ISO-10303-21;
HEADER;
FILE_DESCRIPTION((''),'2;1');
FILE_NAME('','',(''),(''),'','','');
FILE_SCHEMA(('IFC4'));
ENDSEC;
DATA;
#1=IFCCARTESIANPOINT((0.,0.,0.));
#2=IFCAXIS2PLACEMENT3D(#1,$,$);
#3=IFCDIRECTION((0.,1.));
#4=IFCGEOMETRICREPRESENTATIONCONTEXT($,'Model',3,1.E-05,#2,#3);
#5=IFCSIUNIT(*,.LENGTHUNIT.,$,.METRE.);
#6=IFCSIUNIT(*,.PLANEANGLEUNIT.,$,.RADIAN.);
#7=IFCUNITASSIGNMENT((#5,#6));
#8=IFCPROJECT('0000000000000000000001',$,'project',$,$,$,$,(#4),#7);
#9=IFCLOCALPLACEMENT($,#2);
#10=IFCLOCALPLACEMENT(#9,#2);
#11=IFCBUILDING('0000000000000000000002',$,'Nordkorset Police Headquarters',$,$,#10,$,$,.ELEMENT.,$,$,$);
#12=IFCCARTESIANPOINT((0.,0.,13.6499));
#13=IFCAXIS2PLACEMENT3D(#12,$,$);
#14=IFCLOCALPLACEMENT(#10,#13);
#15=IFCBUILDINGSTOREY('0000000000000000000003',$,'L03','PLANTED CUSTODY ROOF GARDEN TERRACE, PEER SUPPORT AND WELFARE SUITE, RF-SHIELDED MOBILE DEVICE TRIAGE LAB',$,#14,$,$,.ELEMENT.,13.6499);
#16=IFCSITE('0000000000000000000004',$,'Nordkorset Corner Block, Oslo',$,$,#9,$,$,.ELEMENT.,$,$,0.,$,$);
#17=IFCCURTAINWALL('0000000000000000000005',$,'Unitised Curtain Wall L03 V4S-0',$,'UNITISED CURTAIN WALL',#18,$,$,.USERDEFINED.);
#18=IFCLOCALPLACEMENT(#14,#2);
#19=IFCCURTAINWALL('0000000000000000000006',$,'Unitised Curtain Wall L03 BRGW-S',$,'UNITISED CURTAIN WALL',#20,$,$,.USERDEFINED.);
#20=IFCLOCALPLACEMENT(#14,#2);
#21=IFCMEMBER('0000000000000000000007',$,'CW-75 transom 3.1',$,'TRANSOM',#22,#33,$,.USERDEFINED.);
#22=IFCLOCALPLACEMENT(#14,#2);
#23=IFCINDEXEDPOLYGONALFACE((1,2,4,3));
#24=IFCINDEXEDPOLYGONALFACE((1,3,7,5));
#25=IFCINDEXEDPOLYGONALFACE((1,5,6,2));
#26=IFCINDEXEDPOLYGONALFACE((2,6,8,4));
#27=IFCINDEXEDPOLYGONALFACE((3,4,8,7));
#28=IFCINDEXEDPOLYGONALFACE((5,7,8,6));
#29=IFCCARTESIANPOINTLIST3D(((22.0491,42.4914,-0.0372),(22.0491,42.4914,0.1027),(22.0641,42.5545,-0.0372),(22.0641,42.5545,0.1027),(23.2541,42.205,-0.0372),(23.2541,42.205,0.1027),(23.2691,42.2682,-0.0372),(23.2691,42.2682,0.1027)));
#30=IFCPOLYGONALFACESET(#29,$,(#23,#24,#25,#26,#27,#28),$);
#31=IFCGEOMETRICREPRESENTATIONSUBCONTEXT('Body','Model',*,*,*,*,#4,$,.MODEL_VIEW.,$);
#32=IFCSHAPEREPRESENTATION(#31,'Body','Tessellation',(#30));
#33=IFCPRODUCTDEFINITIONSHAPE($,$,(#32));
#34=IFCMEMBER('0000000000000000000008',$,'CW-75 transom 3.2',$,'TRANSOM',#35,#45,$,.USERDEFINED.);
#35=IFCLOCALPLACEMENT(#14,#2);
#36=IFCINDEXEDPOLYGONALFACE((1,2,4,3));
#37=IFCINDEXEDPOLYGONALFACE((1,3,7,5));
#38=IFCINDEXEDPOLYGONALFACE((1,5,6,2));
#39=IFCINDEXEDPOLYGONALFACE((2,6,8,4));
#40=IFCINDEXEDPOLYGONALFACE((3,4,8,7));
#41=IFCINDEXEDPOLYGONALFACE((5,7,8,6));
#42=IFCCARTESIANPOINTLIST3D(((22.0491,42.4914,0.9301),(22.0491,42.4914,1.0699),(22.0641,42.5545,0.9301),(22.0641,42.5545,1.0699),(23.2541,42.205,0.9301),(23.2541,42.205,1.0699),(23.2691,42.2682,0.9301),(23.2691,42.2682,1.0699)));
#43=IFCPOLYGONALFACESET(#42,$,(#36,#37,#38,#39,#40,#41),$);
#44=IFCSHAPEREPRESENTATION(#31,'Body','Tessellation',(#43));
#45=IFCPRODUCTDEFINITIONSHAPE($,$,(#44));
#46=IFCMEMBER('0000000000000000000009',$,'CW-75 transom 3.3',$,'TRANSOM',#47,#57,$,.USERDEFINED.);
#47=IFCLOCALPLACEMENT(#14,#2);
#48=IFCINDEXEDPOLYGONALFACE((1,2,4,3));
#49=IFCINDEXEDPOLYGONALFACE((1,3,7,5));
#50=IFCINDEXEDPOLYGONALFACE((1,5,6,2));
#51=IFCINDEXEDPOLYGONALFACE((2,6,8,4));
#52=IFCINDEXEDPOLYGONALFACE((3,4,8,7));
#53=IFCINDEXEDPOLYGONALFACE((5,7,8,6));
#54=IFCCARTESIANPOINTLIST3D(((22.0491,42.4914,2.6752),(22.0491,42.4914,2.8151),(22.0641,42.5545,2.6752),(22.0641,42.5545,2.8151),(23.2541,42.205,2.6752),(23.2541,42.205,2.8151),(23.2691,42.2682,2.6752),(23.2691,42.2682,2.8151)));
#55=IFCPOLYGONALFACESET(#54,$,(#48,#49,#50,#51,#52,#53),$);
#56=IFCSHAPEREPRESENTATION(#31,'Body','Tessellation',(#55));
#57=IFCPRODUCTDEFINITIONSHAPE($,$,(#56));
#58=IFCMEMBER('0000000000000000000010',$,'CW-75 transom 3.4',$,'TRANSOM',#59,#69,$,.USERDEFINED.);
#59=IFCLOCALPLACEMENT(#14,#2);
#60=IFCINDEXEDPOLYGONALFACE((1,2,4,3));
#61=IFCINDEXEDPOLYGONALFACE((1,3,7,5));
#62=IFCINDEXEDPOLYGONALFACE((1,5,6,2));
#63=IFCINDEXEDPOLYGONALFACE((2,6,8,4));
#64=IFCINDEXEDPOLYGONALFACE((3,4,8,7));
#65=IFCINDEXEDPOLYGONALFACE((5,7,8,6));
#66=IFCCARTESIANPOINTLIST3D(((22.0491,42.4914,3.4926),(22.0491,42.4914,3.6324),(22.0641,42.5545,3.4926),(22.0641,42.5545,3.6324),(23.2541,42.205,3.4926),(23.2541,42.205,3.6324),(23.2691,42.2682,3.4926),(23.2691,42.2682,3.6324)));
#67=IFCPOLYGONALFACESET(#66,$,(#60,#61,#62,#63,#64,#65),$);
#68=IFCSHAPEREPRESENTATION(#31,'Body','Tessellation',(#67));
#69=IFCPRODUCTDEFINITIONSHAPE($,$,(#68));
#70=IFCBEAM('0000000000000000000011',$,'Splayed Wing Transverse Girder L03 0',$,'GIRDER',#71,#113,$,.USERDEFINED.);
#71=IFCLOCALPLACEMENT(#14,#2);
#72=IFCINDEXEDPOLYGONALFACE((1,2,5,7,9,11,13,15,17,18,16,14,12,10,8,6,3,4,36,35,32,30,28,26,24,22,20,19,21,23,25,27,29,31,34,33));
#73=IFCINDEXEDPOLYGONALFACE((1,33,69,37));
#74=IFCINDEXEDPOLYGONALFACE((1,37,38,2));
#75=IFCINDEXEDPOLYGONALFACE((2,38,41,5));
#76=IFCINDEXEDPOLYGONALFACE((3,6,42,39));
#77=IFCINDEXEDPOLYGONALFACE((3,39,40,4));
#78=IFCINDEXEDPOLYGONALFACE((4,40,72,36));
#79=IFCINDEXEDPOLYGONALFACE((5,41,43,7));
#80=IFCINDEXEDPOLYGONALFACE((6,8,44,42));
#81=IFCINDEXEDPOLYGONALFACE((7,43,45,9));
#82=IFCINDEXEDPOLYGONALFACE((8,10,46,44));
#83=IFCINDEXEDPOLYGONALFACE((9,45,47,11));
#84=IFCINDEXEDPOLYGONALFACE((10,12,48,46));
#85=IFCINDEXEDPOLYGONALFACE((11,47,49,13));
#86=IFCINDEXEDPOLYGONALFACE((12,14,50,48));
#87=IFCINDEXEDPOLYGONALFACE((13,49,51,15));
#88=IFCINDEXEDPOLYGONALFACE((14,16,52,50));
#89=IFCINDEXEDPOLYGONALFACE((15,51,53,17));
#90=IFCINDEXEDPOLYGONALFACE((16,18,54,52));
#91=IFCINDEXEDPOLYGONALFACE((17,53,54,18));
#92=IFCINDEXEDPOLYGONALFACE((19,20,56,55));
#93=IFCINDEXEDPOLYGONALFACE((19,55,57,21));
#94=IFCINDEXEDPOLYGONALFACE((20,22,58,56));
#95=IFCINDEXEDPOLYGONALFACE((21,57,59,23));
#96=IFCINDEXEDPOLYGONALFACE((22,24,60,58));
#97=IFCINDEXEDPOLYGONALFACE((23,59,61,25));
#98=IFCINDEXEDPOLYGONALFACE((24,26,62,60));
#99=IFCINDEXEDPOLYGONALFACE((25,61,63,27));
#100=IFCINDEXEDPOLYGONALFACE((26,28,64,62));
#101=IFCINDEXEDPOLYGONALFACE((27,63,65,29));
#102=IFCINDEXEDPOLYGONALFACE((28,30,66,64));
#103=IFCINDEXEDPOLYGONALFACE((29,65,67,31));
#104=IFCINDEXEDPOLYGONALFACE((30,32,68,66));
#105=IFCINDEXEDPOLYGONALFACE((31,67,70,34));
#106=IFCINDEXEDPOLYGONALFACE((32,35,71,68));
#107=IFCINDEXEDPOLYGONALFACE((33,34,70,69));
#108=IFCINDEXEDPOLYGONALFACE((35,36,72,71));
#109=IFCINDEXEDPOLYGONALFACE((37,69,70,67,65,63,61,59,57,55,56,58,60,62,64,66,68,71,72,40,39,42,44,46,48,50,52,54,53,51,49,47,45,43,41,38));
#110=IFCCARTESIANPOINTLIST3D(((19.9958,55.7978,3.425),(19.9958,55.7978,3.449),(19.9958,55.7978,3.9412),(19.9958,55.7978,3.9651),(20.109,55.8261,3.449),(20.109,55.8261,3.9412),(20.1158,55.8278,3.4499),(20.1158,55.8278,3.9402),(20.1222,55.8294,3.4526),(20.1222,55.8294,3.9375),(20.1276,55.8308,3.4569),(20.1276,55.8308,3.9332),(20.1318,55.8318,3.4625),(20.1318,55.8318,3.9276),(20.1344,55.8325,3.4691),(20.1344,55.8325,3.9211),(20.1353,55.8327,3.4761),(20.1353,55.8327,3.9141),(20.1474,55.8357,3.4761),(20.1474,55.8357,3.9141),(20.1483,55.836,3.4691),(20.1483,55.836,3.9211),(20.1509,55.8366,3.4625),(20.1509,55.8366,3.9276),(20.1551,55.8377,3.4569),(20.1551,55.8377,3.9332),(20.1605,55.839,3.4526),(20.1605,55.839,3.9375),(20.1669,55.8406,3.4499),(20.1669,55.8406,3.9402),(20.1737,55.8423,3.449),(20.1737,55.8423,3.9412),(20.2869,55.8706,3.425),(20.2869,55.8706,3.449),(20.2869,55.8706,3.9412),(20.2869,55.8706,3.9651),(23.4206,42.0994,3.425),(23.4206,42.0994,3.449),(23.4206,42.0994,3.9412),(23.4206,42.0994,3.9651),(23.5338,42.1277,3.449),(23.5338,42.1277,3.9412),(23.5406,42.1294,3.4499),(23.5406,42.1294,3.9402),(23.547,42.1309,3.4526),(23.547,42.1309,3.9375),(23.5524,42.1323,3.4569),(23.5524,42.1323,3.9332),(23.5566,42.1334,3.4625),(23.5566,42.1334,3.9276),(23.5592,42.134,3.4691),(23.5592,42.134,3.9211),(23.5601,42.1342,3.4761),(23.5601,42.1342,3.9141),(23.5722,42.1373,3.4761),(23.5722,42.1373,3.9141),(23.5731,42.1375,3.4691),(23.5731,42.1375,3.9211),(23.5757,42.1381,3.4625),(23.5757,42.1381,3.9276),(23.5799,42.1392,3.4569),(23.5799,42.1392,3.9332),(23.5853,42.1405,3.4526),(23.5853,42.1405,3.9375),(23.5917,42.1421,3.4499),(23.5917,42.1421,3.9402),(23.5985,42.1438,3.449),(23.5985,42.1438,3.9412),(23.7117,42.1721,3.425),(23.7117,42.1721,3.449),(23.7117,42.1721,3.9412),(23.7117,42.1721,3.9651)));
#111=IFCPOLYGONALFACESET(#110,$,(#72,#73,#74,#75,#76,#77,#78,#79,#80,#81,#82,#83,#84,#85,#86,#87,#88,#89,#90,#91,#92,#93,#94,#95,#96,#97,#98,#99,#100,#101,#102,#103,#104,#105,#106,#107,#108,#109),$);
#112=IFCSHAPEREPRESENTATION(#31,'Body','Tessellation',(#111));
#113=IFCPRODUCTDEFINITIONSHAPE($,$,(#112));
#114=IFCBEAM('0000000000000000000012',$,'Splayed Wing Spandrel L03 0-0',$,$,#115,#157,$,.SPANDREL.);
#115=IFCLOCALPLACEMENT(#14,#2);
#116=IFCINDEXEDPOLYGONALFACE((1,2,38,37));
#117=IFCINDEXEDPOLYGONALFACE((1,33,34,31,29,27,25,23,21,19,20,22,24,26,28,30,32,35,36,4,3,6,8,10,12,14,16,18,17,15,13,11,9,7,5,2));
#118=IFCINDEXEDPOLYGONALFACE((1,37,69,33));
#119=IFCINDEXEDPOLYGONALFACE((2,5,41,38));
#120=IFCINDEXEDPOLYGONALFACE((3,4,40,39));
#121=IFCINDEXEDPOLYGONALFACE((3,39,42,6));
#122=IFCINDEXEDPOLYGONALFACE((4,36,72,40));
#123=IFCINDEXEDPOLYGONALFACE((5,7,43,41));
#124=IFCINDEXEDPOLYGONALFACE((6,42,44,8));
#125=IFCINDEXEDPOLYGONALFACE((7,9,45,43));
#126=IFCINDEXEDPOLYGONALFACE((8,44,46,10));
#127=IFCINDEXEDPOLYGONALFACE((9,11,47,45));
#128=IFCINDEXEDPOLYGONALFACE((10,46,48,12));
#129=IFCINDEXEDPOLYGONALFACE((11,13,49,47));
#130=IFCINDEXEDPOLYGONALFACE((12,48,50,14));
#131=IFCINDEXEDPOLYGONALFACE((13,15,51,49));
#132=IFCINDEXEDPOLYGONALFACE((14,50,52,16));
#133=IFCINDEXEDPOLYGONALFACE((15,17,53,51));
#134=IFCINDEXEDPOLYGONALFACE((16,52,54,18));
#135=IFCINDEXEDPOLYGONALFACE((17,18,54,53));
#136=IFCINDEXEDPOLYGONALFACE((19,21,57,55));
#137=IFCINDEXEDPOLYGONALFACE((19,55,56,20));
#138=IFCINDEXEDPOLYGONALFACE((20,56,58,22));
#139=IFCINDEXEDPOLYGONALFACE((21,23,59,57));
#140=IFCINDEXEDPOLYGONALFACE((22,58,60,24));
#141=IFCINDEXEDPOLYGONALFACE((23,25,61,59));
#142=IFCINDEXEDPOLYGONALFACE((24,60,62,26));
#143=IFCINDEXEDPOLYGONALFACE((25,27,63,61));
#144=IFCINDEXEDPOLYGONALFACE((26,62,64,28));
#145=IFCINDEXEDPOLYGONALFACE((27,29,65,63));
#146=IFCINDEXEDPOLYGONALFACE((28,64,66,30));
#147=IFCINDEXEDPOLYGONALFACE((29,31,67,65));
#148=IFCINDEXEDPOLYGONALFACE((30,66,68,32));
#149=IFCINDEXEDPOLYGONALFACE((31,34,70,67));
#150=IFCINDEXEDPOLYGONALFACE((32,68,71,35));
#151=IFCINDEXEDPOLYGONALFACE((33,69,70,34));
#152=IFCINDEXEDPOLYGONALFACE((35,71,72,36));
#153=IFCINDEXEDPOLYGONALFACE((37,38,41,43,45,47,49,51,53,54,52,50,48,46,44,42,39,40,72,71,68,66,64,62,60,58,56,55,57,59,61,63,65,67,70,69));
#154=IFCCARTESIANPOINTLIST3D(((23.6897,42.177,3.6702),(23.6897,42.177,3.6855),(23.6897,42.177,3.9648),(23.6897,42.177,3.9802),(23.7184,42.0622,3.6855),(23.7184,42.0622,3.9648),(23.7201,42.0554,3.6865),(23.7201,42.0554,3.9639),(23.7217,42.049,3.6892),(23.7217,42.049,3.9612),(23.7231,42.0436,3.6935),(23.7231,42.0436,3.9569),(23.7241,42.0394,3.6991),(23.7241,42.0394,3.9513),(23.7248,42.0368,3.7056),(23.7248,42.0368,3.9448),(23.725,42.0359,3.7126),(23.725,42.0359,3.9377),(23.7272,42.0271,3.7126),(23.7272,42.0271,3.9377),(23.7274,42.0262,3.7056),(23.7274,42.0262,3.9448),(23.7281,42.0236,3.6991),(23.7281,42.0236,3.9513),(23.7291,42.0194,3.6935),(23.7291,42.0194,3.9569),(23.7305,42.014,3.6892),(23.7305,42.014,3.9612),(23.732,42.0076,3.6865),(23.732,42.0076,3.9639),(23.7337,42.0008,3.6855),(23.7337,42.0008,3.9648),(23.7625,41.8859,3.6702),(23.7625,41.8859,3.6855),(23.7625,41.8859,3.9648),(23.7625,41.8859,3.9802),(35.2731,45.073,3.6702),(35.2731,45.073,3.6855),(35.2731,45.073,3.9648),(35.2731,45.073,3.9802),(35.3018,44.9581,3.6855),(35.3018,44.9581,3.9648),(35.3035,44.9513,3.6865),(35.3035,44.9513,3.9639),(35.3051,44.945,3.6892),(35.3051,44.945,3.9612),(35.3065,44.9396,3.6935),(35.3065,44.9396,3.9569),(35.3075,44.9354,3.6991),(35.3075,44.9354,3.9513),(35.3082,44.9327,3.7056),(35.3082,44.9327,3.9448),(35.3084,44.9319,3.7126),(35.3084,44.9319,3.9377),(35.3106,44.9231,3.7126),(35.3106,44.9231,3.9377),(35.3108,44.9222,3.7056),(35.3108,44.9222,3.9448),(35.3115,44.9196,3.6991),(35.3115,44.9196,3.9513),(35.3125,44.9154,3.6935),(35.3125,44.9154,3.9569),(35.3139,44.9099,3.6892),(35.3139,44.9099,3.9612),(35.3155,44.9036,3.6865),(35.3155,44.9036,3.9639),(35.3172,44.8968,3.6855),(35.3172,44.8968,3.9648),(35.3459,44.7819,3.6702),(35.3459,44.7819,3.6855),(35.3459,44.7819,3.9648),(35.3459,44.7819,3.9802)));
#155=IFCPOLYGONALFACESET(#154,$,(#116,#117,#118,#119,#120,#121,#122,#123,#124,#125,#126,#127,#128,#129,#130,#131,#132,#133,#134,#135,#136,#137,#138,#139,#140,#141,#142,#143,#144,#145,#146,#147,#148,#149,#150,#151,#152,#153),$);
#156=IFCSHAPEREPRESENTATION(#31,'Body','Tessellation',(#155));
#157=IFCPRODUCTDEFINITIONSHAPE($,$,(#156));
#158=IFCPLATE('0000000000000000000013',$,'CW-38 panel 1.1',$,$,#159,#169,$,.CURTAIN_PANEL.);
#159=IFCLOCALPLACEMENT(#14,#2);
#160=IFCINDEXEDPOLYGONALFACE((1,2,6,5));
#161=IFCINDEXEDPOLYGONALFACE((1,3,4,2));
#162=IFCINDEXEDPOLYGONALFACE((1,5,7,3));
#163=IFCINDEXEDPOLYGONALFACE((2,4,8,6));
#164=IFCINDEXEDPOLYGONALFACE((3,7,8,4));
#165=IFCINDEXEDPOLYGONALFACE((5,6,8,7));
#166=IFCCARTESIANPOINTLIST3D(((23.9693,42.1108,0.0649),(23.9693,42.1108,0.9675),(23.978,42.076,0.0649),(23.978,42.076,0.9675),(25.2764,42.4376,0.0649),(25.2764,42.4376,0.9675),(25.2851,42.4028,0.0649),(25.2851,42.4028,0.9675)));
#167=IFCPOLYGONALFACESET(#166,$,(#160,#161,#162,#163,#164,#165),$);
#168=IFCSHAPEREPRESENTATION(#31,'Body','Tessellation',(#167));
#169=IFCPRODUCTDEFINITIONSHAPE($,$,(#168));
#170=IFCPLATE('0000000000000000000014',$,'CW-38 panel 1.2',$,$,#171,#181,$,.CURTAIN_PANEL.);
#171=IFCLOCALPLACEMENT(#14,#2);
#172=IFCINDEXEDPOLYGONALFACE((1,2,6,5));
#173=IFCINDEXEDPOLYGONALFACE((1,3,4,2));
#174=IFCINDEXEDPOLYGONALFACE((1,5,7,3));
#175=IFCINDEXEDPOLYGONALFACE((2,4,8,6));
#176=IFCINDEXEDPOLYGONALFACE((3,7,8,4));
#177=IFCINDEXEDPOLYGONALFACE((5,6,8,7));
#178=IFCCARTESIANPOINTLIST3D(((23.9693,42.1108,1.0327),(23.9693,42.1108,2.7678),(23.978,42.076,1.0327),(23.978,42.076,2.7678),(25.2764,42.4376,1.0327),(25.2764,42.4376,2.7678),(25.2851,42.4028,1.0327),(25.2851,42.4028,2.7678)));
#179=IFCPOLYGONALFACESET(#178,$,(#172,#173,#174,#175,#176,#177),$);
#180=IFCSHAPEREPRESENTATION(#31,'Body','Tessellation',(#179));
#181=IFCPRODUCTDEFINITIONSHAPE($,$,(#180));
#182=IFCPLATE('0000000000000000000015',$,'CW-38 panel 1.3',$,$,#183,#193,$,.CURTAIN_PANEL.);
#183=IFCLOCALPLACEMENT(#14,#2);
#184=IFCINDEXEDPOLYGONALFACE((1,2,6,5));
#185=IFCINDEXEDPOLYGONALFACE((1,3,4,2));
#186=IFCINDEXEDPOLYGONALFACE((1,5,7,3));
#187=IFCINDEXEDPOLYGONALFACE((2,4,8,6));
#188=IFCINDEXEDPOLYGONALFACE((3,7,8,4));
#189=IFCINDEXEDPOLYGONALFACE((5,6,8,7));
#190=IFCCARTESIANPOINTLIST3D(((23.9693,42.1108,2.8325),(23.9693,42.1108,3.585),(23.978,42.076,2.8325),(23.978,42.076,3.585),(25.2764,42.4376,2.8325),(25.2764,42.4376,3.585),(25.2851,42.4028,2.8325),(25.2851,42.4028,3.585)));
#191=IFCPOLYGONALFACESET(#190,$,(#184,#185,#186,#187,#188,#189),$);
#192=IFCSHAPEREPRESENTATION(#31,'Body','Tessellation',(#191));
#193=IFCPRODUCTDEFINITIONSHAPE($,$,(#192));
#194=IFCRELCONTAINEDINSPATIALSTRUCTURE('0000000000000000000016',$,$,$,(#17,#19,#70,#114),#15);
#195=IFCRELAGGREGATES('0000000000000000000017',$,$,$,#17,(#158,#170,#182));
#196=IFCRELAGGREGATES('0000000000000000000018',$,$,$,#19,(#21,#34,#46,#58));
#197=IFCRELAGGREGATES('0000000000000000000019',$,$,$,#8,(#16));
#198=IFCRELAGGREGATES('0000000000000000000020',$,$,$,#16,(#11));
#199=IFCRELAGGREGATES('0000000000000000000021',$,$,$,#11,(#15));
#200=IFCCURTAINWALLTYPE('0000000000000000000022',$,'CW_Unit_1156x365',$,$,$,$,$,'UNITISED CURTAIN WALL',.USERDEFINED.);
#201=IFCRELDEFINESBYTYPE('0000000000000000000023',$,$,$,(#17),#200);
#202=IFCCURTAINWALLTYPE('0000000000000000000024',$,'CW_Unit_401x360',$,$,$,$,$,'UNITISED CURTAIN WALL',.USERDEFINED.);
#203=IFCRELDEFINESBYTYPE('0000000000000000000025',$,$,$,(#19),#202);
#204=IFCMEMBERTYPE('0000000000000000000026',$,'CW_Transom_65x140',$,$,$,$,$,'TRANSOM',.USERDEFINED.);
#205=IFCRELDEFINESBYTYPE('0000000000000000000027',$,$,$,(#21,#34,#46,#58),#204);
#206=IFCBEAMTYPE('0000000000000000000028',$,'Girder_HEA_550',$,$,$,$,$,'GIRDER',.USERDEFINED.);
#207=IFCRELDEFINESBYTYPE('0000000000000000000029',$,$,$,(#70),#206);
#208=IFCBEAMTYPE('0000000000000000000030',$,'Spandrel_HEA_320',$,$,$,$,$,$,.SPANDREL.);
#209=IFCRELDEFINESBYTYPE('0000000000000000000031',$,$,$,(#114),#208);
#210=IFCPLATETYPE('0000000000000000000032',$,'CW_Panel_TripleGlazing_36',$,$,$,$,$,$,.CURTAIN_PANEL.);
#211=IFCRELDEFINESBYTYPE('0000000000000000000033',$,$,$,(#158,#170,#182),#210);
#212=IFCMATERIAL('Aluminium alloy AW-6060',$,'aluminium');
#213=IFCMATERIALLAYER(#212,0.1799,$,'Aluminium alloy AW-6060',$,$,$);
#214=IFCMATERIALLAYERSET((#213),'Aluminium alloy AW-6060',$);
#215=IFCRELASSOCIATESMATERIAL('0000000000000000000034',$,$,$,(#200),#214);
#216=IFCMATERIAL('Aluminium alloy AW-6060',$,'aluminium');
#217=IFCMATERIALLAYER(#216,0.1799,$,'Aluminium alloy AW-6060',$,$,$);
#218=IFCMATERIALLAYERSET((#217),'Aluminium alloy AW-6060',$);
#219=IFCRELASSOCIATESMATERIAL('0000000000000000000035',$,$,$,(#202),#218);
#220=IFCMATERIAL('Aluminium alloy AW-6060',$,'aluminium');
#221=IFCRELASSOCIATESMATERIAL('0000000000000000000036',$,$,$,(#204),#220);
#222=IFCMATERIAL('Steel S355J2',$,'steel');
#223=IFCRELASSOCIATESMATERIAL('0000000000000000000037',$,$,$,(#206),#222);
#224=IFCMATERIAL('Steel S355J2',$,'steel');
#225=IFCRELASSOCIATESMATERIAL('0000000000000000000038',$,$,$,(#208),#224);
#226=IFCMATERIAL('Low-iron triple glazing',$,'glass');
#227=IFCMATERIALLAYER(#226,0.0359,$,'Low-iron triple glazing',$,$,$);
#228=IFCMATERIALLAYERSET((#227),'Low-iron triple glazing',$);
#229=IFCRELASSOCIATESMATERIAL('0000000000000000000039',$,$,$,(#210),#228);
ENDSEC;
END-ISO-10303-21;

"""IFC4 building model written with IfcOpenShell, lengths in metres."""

from ifc_helpers import new_model, si_unit, direction, frame, origin, origin_2d, place, context, subcontext, project, spatial, rectangle, i_section, extrude, material, layer, layer_set, material_profile, profile_set, type_object, element, aggregate, save


model = new_model("IFC4")

# Units and contexts
model_context = context("Model", 3, precision=1e-05, world=origin(), true_north=direction((0.0, 1.0)))
body_context = subcontext(model_context, "Body", "Model", "MODEL_VIEW")
ifc_project = project(units=[si_unit("LENGTHUNIT", "METRE"), si_unit("PLANEANGLEUNIT", "RADIAN")], contexts=[model_context])

# Site, building, storey
site_placement = place(None, origin())
site = spatial("IfcSite", under=ifc_project, at=site_placement, Name="Nordkorset Corner Block, Oslo", CompositionType="ELEMENT", RefElevation=0.0)
building_placement = place(site_placement, origin())
building = spatial("IfcBuilding", under=site, at=building_placement, Name="Nordkorset Police Headquarters", CompositionType="ELEMENT")
storey_placement = place(building_placement, frame((0.0, 0.0, 13.6499)))
storey = spatial("IfcBuildingStorey", under=building, at=storey_placement, Name="L03", Description="PLANTED CUSTODY ROOF GARDEN TERRACE, PEER SUPPORT AND WELFARE SUITE, RF-SHIELDED MOBILE DEVICE TRIAGE LAB", CompositionType="ELEMENT", Elevation=13.6499)

# Curtain wall
ifc_material_1 = material(Name="Aluminium alloy AW-6060", Category="aluminium")
ifc_layer_1 = layer(ifc_material_1, 0.1799, Name="Aluminium alloy AW-6060")
ifc_layer_set_1 = layer_set([ifc_layer_1], Name="Aluminium alloy AW-6060")
curtain_wall_type_1 = type_object("IfcCurtainWallType", Name="CW_Unit_1156x365", ElementType="UNITISED CURTAIN WALL", PredefinedType="USERDEFINED", material=ifc_layer_set_1)
curtain_wall_1_placement = place(storey_placement, origin())
curtain_wall_1 = element("IfcCurtainWall", 1, at=curtain_wall_1_placement, inside=storey, type_object=curtain_wall_type_1, Name="Unitised Curtain Wall L03 V4S-0", ObjectType="UNITISED CURTAIN WALL", PredefinedType="USERDEFINED")

# Curtain wall
ifc_material_2 = material(Name="Aluminium alloy AW-6060", Category="aluminium")
ifc_layer_2 = layer(ifc_material_2, 0.1799, Name="Aluminium alloy AW-6060")
ifc_layer_set_2 = layer_set([ifc_layer_2], Name="Aluminium alloy AW-6060")
curtain_wall_type_2 = type_object("IfcCurtainWallType", Name="CW_Unit_401x360", ElementType="UNITISED CURTAIN WALL", PredefinedType="USERDEFINED", material=ifc_layer_set_2)
curtain_wall_2_placement = place(storey_placement, origin())
curtain_wall_2 = element("IfcCurtainWall", 2, at=curtain_wall_2_placement, inside=storey, type_object=curtain_wall_type_2, Name="Unitised Curtain Wall L03 BRGW-S", ObjectType="UNITISED CURTAIN WALL", PredefinedType="USERDEFINED")

# Members
ifc_material_3 = material(Name="Aluminium alloy AW-6060", Category="aluminium")
ifc_material_profile_1 = material_profile(ifc_material_3, rectangle(XDim=0.0649, YDim=0.1399, at=origin_2d()), Name="ALU TRAN 65x140")
ifc_profile_set_1 = profile_set([ifc_material_profile_1], Name="Aluminium alloy AW-6060")
member_type_1 = type_object("IfcMemberType", Name="CW_Transom_65x140", ElementType="TRANSOM", PredefinedType="USERDEFINED", material=ifc_profile_set_1)
member_1_placement = place(storey_placement, frame((22.0566, 42.5229, 0.0327), z_axis=(0.972906, -0.231203, 0.0), x_axis=(0.231203, 0.972906, 0.0)))
member_1 = element("IfcMember", 3, at=member_1_placement, type_object=member_type_1, Name="CW-75 transom 3.1", ObjectType="TRANSOM", PredefinedType="USERDEFINED", context=body_context, shape_type="SweptSolid", body=[
    extrude(rectangle(XDim=0.0649, YDim=0.1399, at=origin_2d()), origin(), (0.0, 0.0, 1.0), 1.2385),
])
member_2_placement = place(storey_placement, frame((22.0566, 42.5229, 1.0), z_axis=(0.972906, -0.231203, 0.0), x_axis=(0.231203, 0.972906, 0.0)))
member_2 = element("IfcMember", 4, at=member_2_placement, type_object=member_type_1, Name="CW-75 transom 3.2", ObjectType="TRANSOM", PredefinedType="USERDEFINED", context=body_context, shape_type="SweptSolid", body=[
    extrude(rectangle(XDim=0.0649, YDim=0.1399, at=origin_2d()), origin(), (0.0, 0.0, 1.0), 1.2385),
])
member_3_placement = place(storey_placement, frame((22.0566, 42.5229, 2.7451), z_axis=(0.972906, -0.231203, 0.0), x_axis=(0.231203, 0.972906, 0.0)))
member_3 = element("IfcMember", 5, at=member_3_placement, type_object=member_type_1, Name="CW-75 transom 3.3", ObjectType="TRANSOM", PredefinedType="USERDEFINED", context=body_context, shape_type="SweptSolid", body=[
    extrude(rectangle(XDim=0.0649, YDim=0.1399, at=origin_2d()), origin(), (0.0, 0.0, 1.0), 1.2385),
])
member_4_placement = place(storey_placement, frame((22.0566, 42.5229, 3.5625), z_axis=(0.972906, -0.231203, 0.0), x_axis=(0.231203, 0.972906, 0.0)))
member_4 = element("IfcMember", 6, at=member_4_placement, type_object=member_type_1, Name="CW-75 transom 3.4", ObjectType="TRANSOM", PredefinedType="USERDEFINED", context=body_context, shape_type="SweptSolid", body=[
    extrude(rectangle(XDim=0.0649, YDim=0.1399, at=origin_2d()), origin(), (0.0, 0.0, 1.0), 1.2385),
])

# Beams
ifc_material_4 = material(Name="Steel S355J2", Category="steel")
ifc_material_profile_2 = material_profile(ifc_material_4, i_section(OverallWidth=0.3, OverallDepth=0.54, WebThickness=0.0125, FlangeThickness=0.0239, FilletRadius=0.0271, at=origin_2d()), Name="HEA 550")
ifc_profile_set_2 = profile_set([ifc_material_profile_2], Name="Steel S355J2")
beam_type_1 = type_object("IfcBeamType", Name="Girder_HEA_550", ElementType="GIRDER", PredefinedType="USERDEFINED", material=ifc_profile_set_2)
beam_1_placement = place(storey_placement, frame((23.5662, 42.1357, 3.6951), z_axis=(-0.242548, 0.970139, 0.0), x_axis=(-0.970139, -0.242548, 0.0)))
element("IfcBeam", 7, at=beam_1_placement, inside=storey, type_object=beam_type_1, Name="Splayed Wing Transverse Girder L03 0", ObjectType="GIRDER", PredefinedType="USERDEFINED", context=body_context, shape_type="SweptSolid", body=[
    extrude(i_section(OverallWidth=0.3, OverallDepth=0.54, WebThickness=0.0125, FlangeThickness=0.0239, FilletRadius=0.0271, at=origin_2d()), origin(), (0.0, 0.0, 1.0), 14.1201),
])
ifc_material_5 = material(Name="Steel S355J2", Category="steel")
ifc_material_profile_3 = material_profile(ifc_material_5, i_section(OverallWidth=0.3, OverallDepth=0.3101, WebThickness=0.009, FlangeThickness=0.0154, FilletRadius=0.0271, at=origin_2d()), Name="HEA 320")
ifc_profile_set_3 = profile_set([ifc_material_profile_3], Name="Steel S355J2")
beam_type_2 = type_object("IfcBeamType", Name="Spandrel_HEA_320", PredefinedType="SPANDREL", material=ifc_profile_set_3)
beam_2_placement = place(storey_placement, frame((23.7261, 42.0315, 3.8252), z_axis=(0.97014, 0.242545, 0.0), x_axis=(-0.242545, 0.97014, 0.0)))
element("IfcBeam", 8, at=beam_2_placement, inside=storey, type_object=beam_type_2, Name="Splayed Wing Spandrel L03 0-0", PredefinedType="SPANDREL", context=body_context, shape_type="SweptSolid", body=[
    extrude(i_section(OverallWidth=0.3, OverallDepth=0.3101, WebThickness=0.009, FlangeThickness=0.0154, FilletRadius=0.0271, at=origin_2d()), origin(), (0.0, 0.0, 1.0), 11.9399),
])

# Plates
ifc_material_6 = material(Name="Low-iron triple glazing", Category="glass")
ifc_layer_3 = layer(ifc_material_6, 0.0359, Name="Low-iron triple glazing")
ifc_layer_set_3 = layer_set([ifc_layer_3], Name="Low-iron triple glazing")
plate_type = type_object("IfcPlateType", Name="CW_Panel_TripleGlazing_36", PredefinedType="CURTAIN_PANEL", material=ifc_layer_set_3)
plate_1_placement = place(storey_placement, frame((24.6272, 42.2568, 0.0649), z_axis=(0.0, 0.0, 1.0), x_axis=(0.970143, 0.242536, 0.0)))
plate_1 = element("IfcPlate", 9, at=plate_1_placement, type_object=plate_type, Name="CW-38 panel 1.1", PredefinedType="CURTAIN_PANEL", context=body_context, shape_type="SweptSolid", body=[
    extrude(rectangle(XDim=1.3474, YDim=0.0359, at=origin_2d()), origin(), (0.0, 0.0, 1.0), 0.9026),
])
plate_2_placement = place(storey_placement, frame((24.6272, 42.2568, 1.0327), z_axis=(0.0, 0.0, 1.0), x_axis=(0.970143, 0.242536, 0.0)))
plate_2 = element("IfcPlate", 10, at=plate_2_placement, type_object=plate_type, Name="CW-38 panel 1.2", PredefinedType="CURTAIN_PANEL", context=body_context, shape_type="SweptSolid", body=[
    extrude(rectangle(XDim=1.3474, YDim=0.0359, at=origin_2d()), origin(), (0.0, 0.0, 1.0), 1.7351),
])
plate_3_placement = place(storey_placement, frame((24.6272, 42.2568, 2.8325), z_axis=(0.0, 0.0, 1.0), x_axis=(0.970143, 0.242536, 0.0)))
plate_3 = element("IfcPlate", 11, at=plate_3_placement, type_object=plate_type, Name="CW-38 panel 1.3", PredefinedType="CURTAIN_PANEL", context=body_context, shape_type="SweptSolid", body=[
    extrude(rectangle(XDim=1.3474, YDim=0.0359, at=origin_2d()), origin(), (0.0, 0.0, 1.0), 0.7524),
])
aggregate(curtain_wall_1, [plate_1, plate_2, plate_3])
aggregate(curtain_wall_2, [member_1, member_2, member_3, member_4])

save(model, "model.ifc")
